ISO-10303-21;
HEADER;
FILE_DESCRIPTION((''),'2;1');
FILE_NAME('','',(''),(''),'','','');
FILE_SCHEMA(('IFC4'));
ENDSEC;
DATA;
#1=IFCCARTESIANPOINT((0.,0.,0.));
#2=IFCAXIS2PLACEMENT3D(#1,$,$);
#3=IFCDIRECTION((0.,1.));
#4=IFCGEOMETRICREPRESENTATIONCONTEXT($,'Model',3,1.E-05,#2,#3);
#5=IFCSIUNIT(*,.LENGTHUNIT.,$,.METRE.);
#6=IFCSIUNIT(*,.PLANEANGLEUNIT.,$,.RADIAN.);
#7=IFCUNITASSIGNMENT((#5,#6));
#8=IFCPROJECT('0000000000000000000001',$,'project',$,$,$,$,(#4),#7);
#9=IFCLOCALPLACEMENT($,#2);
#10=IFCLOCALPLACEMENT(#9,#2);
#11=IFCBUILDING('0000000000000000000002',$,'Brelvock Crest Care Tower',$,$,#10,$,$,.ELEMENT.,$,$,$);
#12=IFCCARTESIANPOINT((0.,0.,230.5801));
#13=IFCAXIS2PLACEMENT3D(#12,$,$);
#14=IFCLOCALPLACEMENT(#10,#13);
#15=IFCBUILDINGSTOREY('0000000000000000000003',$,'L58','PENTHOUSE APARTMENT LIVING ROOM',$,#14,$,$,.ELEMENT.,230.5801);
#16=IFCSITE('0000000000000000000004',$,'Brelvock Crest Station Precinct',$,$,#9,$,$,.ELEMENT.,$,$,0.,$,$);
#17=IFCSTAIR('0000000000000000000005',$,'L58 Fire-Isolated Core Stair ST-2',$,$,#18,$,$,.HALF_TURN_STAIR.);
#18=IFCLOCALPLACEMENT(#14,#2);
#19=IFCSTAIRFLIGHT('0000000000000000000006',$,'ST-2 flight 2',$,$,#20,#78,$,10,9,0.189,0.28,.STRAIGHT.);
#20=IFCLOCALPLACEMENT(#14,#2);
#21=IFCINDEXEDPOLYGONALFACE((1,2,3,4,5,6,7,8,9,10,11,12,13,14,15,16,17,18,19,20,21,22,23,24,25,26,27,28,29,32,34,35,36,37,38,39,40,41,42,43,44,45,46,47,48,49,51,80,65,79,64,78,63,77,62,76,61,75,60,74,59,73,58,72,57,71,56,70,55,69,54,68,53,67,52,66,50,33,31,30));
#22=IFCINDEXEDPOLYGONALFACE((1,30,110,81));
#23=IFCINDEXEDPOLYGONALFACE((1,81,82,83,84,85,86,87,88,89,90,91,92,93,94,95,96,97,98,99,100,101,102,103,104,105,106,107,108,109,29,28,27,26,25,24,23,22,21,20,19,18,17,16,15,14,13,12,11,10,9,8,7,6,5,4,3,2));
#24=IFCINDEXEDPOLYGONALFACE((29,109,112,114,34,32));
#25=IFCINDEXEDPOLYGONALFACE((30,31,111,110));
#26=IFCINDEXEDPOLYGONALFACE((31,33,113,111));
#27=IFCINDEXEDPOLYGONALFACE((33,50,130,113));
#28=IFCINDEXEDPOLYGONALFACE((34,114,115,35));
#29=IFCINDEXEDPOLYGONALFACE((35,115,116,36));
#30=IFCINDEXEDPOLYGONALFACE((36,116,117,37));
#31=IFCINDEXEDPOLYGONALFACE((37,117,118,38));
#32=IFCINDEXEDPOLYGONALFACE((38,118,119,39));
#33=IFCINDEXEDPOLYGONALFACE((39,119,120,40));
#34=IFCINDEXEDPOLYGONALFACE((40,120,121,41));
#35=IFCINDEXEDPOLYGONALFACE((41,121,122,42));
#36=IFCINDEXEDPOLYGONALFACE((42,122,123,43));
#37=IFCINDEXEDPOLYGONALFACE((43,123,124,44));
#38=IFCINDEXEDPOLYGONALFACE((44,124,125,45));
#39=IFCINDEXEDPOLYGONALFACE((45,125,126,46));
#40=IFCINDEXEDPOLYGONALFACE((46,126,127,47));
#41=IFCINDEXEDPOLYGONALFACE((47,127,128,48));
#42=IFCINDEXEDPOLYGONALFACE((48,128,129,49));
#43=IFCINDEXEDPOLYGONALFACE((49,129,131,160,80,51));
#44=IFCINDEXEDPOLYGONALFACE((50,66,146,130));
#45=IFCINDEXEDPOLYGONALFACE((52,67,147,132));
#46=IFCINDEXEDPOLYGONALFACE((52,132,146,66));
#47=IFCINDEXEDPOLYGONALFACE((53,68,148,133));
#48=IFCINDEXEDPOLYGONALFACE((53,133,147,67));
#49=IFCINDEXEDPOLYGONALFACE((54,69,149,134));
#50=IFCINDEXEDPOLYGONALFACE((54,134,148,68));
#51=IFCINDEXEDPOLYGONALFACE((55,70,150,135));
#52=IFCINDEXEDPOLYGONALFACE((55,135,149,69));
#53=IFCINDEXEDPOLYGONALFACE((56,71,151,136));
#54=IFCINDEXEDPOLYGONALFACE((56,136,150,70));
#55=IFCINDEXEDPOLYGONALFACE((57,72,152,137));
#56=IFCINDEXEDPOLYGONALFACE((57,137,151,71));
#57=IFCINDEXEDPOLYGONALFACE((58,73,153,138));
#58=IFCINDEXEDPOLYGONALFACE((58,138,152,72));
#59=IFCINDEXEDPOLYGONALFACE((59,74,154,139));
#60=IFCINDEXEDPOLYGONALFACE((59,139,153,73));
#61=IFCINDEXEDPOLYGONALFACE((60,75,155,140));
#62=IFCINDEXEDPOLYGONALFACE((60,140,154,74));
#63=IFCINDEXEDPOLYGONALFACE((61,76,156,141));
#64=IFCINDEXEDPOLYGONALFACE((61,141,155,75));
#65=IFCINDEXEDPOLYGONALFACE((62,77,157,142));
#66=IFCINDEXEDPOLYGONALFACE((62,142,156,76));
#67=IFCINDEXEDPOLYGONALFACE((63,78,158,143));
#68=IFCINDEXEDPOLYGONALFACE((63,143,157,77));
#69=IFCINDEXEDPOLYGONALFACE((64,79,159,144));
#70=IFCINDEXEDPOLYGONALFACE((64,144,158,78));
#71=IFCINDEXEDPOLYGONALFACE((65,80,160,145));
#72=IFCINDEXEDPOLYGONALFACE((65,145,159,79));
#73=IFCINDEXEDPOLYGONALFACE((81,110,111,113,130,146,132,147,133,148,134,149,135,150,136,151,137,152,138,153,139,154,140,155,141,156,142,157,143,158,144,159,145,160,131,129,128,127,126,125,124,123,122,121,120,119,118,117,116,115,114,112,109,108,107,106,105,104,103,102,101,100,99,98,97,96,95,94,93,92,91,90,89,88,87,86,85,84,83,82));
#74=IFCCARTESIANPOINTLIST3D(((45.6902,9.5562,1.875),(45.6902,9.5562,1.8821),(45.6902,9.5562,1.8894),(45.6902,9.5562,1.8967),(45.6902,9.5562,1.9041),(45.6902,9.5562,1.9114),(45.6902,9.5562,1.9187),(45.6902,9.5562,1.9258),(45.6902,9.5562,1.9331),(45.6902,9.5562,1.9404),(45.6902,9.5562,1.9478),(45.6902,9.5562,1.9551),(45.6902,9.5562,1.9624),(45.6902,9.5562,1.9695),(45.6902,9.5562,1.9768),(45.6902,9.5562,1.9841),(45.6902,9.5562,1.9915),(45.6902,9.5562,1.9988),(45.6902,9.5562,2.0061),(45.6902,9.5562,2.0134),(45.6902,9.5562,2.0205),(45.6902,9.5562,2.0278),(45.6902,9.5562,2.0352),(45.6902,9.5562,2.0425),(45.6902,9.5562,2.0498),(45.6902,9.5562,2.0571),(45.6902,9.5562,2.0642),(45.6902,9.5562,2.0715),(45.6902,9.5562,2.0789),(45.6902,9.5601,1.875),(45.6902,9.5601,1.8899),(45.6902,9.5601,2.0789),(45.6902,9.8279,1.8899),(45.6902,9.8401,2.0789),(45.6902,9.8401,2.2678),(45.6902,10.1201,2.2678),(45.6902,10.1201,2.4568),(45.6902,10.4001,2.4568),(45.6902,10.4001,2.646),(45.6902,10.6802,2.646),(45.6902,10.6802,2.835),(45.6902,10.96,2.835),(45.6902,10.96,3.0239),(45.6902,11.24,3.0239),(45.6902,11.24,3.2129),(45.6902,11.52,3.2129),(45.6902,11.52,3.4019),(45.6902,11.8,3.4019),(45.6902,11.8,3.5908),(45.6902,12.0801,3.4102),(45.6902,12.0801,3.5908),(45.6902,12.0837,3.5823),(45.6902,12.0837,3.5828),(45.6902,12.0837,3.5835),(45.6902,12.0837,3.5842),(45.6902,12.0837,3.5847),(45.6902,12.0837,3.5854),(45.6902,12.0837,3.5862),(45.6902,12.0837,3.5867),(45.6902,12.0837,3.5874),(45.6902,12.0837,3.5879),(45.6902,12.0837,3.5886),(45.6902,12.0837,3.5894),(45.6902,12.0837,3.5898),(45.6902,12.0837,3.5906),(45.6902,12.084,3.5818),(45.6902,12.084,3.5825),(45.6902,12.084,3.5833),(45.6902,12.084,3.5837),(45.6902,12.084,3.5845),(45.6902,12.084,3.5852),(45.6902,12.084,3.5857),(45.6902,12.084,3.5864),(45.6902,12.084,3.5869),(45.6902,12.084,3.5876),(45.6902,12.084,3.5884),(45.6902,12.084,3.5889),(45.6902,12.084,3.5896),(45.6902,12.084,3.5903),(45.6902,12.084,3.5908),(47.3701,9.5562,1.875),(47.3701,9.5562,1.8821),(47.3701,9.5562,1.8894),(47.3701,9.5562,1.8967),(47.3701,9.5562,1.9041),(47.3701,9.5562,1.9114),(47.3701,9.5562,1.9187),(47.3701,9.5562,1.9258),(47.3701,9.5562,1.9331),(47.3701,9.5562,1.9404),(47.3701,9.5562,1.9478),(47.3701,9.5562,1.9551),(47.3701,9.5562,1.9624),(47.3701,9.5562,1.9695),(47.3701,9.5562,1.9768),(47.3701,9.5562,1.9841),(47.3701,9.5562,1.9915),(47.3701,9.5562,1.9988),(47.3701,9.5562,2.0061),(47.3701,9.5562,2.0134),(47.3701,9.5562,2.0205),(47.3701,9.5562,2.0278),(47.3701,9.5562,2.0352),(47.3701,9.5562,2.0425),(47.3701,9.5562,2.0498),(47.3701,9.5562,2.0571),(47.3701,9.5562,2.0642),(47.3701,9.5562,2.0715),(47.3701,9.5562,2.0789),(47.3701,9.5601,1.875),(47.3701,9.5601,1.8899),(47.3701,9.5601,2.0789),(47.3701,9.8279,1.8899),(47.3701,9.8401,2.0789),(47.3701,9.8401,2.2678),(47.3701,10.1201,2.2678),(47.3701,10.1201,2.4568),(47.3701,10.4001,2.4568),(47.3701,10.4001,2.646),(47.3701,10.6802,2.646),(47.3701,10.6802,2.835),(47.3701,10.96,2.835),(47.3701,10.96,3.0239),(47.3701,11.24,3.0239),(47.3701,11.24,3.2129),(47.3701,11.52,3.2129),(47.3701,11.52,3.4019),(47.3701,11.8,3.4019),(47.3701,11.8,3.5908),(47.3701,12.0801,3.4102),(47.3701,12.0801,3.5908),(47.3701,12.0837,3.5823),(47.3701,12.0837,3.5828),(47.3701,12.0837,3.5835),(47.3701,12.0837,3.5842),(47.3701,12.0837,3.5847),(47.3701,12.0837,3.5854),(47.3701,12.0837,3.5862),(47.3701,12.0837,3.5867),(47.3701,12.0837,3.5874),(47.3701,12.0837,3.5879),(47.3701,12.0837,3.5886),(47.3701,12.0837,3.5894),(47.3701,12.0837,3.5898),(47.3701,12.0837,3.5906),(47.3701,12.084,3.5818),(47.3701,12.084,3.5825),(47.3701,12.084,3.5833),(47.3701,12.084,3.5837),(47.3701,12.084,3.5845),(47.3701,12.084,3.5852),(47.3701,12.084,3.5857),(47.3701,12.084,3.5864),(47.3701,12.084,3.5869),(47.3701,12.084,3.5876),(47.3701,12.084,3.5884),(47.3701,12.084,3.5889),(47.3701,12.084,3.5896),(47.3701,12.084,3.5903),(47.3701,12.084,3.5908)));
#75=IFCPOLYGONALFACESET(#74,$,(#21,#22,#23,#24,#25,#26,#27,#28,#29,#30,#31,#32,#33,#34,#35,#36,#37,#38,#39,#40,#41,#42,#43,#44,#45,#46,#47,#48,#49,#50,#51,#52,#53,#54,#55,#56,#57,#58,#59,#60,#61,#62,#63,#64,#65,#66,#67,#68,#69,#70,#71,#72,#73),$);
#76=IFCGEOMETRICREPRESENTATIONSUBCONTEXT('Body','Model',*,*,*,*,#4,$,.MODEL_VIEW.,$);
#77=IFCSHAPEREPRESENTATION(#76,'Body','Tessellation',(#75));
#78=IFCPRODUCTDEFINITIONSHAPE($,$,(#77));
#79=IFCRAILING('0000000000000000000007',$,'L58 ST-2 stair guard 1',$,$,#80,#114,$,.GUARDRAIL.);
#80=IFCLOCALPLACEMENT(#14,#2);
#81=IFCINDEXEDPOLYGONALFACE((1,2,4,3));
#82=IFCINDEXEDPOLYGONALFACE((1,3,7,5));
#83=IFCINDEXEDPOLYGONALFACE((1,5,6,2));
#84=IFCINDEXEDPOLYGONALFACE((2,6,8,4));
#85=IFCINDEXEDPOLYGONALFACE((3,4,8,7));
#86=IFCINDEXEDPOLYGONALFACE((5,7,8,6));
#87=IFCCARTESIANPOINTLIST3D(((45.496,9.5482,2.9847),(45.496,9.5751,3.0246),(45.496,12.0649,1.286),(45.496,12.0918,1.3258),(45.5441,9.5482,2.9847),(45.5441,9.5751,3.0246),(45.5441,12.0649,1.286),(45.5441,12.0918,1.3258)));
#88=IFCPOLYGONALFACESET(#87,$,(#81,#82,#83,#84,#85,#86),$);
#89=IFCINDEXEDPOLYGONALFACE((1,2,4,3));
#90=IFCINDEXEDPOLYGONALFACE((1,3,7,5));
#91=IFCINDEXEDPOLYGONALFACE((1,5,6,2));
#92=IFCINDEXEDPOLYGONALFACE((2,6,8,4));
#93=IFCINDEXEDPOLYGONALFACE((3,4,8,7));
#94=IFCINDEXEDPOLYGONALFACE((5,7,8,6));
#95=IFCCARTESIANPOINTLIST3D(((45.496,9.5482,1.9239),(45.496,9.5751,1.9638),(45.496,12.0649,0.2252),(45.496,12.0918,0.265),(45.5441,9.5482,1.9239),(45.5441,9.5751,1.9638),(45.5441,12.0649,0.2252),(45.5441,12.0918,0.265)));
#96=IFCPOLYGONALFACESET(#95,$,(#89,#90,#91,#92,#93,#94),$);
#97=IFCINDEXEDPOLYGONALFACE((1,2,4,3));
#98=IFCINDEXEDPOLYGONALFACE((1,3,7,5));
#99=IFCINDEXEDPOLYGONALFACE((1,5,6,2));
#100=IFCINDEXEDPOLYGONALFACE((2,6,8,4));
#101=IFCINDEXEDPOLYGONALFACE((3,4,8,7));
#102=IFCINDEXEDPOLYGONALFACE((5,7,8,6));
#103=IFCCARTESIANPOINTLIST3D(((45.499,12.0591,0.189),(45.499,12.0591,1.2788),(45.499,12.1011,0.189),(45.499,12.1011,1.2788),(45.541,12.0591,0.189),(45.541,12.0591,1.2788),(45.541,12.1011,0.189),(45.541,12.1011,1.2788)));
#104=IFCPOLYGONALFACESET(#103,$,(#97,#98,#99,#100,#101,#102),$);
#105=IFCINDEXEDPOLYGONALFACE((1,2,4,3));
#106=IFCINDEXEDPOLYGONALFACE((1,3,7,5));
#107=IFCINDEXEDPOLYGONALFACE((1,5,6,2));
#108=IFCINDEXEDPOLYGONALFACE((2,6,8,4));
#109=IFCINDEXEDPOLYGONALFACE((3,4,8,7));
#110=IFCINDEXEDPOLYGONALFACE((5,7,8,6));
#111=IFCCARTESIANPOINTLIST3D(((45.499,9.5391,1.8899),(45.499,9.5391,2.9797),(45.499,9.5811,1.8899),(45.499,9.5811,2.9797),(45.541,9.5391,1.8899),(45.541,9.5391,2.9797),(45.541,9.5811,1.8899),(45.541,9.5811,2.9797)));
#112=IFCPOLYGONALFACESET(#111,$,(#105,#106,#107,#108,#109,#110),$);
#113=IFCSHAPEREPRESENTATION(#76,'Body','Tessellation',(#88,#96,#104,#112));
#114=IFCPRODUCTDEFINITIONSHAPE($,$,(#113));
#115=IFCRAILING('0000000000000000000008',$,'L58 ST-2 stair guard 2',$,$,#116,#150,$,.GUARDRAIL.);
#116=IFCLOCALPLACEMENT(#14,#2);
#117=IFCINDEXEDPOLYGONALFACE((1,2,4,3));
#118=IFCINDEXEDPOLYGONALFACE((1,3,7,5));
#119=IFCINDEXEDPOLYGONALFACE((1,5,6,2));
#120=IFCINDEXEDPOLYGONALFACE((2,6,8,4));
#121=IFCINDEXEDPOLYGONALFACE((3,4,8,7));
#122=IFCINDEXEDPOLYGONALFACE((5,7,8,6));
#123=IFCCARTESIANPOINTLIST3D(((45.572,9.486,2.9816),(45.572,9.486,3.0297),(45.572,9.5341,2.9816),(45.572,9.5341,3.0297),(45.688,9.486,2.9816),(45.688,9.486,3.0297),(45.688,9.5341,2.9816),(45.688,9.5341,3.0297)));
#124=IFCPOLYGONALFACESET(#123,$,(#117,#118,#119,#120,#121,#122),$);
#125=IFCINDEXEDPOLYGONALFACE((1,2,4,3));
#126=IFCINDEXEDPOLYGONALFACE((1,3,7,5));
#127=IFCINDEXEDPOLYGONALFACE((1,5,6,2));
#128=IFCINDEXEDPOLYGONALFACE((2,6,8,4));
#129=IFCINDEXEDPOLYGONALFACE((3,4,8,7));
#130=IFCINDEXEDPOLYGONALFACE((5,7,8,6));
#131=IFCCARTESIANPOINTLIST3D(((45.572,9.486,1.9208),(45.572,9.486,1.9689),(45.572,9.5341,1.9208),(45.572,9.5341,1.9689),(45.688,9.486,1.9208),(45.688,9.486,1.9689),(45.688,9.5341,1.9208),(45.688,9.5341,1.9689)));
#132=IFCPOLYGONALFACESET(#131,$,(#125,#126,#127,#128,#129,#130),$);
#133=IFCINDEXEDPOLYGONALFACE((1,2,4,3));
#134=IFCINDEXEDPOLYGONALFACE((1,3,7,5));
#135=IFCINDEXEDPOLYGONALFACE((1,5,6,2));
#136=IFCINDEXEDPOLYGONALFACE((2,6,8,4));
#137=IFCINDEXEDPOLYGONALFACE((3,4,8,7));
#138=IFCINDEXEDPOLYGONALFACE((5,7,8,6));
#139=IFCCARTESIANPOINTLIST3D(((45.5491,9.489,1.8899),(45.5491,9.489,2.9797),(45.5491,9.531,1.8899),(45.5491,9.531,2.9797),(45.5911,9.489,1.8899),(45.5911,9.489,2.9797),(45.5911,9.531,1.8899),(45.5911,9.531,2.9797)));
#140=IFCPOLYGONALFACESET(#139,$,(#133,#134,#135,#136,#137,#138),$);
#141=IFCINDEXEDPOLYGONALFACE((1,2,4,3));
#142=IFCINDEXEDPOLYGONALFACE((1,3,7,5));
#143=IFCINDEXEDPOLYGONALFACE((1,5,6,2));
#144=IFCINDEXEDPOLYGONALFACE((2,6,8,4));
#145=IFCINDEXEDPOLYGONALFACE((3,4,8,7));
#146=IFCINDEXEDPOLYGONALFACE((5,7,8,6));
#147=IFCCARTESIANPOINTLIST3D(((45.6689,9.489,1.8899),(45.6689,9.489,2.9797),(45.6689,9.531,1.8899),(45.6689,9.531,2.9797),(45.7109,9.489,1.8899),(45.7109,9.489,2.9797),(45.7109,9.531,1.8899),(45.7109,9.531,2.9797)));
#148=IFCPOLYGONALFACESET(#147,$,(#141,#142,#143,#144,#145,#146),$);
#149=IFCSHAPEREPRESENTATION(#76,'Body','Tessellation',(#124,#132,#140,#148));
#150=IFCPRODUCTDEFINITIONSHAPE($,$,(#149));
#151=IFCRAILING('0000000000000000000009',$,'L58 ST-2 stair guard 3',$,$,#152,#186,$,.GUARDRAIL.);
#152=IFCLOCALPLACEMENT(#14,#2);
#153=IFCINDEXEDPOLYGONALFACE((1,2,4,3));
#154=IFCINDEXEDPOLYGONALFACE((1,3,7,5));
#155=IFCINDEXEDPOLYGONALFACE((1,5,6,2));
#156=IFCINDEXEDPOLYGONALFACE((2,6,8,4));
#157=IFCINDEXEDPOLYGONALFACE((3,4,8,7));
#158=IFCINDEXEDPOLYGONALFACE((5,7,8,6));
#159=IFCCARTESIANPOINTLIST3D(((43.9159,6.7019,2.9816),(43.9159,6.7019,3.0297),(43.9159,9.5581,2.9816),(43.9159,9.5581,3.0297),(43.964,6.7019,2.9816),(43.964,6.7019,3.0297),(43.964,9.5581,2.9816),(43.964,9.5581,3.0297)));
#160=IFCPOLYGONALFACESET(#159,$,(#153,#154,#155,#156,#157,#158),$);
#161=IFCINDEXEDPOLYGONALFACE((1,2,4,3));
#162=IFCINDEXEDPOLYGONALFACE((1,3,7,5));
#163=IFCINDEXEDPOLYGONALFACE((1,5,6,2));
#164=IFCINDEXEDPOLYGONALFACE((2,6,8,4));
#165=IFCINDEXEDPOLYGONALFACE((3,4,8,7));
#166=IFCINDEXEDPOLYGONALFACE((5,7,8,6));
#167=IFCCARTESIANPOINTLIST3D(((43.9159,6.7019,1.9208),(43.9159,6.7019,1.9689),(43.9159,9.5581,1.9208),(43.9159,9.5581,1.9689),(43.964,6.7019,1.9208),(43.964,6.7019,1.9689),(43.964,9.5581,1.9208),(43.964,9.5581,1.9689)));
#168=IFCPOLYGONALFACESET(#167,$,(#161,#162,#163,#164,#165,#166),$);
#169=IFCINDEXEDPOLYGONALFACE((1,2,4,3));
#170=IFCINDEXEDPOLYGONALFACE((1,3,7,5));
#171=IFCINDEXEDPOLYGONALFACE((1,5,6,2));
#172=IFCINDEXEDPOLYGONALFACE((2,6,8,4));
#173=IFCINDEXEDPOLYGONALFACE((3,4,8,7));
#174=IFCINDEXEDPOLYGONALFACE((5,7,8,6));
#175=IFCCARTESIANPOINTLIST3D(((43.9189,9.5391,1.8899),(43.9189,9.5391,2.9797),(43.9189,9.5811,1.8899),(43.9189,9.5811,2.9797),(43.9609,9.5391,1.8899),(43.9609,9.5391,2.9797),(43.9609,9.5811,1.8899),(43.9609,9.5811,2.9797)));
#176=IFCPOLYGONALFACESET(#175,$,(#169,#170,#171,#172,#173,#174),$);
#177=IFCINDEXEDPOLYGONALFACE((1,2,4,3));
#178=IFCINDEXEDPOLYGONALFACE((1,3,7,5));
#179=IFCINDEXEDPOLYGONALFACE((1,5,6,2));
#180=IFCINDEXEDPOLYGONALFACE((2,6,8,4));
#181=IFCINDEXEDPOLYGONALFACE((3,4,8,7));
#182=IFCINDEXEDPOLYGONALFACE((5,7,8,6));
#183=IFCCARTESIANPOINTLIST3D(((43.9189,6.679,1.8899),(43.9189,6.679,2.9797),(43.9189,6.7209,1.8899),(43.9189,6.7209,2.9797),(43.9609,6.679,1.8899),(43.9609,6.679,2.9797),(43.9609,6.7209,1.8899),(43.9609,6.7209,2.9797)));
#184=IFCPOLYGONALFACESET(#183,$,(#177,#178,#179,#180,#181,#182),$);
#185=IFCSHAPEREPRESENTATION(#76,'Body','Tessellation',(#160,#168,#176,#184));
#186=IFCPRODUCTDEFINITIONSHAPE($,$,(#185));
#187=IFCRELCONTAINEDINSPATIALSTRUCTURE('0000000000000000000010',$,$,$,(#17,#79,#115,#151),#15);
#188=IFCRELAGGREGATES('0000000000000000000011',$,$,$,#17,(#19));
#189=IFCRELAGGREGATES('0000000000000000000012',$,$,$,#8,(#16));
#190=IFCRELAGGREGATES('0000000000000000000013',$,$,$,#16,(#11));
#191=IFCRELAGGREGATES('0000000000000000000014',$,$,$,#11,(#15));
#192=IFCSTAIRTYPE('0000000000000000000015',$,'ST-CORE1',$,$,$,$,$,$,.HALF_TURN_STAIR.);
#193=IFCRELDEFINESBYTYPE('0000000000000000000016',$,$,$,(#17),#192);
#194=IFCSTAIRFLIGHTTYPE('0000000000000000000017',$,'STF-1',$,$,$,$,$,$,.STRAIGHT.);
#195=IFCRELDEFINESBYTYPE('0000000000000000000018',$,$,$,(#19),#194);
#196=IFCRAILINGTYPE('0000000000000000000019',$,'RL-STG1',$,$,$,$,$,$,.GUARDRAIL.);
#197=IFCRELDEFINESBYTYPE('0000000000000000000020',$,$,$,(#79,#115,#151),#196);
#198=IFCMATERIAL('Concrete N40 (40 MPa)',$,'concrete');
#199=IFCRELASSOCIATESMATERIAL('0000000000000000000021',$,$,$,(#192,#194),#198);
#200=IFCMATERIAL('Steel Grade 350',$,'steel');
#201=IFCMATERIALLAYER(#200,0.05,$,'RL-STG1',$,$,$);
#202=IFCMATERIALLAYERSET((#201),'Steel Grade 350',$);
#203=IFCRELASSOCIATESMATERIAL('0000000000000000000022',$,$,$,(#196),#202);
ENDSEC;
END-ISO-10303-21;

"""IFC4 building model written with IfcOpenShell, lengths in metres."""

from ifc_helpers import new_model, si_unit, direction, frame, origin, origin_2d, place, context, subcontext, project, spatial, polyline, rectangle, outline, extrude, material, layer, layer_set, type_object, element, aggregate, save


model = new_model("IFC4")

# Units and contexts
model_context = context("Model", 3, precision=1e-05, world=origin(), true_north=direction((0.0, 1.0)))
body_context = subcontext(model_context, "Body", "Model", "MODEL_VIEW")
ifc_project = project(units=[si_unit("LENGTHUNIT", "METRE"), si_unit("PLANEANGLEUNIT", "RADIAN")], contexts=[model_context])

# Site, building, storey
site_placement = place(None, origin())
site = spatial("IfcSite", under=ifc_project, at=site_placement, Name="Brelvock Crest Station Precinct", CompositionType="ELEMENT", RefElevation=0.0)
building_placement = place(site_placement, origin())
building = spatial("IfcBuilding", under=site, at=building_placement, Name="Brelvock Crest Care Tower", CompositionType="ELEMENT")
storey_placement = place(building_placement, frame((0.0, 0.0, 230.5801)))
storey = spatial("IfcBuildingStorey", under=building, at=storey_placement, Name="L58", Description="PENTHOUSE APARTMENT LIVING ROOM", CompositionType="ELEMENT", Elevation=230.5801)

# Shared definitions
ifc_material_1 = material(Name="Steel Grade 350", Category="steel")

# Stair, stair flight
ifc_material_2 = material(Name="Concrete N40 (40 MPa)", Category="concrete")
stair_type = type_object("IfcStairType", Name="ST-CORE1", PredefinedType="HALF_TURN_STAIR", material=ifc_material_2)
stair_placement = place(storey_placement, origin())
stair = element("IfcStair", 1, at=stair_placement, inside=storey, type_object=stair_type, Name="L58 Fire-Isolated Core Stair ST-2", PredefinedType="HALF_TURN_STAIR")
stair_flight_type = type_object("IfcStairFlightType", Name="STF-1", PredefinedType="STRAIGHT", material=ifc_material_2)
stair_flight_1_placement = place(storey_placement, frame((46.53, 9.5601, 1.8899), z_axis=(0.0, 0.0, 1.0), x_axis=(0.0, 1.0, 0.0)))
stair_flight_1 = element("IfcStairFlight", 2, at=stair_flight_1_placement, type_object=stair_flight_type, Name="ST-2 flight 2", NumberOfRisers=10, NumberOfTreads=9, PredefinedType="STRAIGHT", RiserHeight=0.189, TreadLength=0.28, context=body_context, shape_type="SweptSolid", body=[
    extrude(outline(polyline([(-0.0039, -0.0149), (-0.0039, -0.0078), (-0.0039, -0.0005), (-0.0039, 0.0068), (-0.0039, 0.0142), (-0.0039, 0.0215), (-0.0039, 0.0288), (-0.0039, 0.0359), (-0.0039, 0.0432), (-0.0039, 0.0505), (-0.0039, 0.0579), (-0.0039, 0.0652), (-0.0039, 0.0725), (-0.0039, 0.0796), (-0.0039, 0.0869), (-0.0039, 0.0942), (-0.0039, 0.1016), (-0.0039, 0.1089), (-0.0039, 0.1162), (-0.0039, 0.1235), (-0.0039, 0.1306), (-0.0039, 0.1379), (-0.0039, 0.1453), (-0.0039, 0.1526), (-0.0039, 0.1599), (-0.0039, 0.1672), (-0.0039, 0.1743), (-0.0039, 0.1816), (-0.0039, 0.189), (0.0, 0.189), (0.28, 0.189), (0.28, 0.3779), (0.5601, 0.3779), (0.5601, 0.5669), (0.8401, 0.5669), (0.8401, 0.7561), (1.1201, 0.7561), (1.1201, 0.9451), (1.3999, 0.9451), (1.3999, 1.134), (1.6799, 1.134), (1.6799, 1.323), (1.96, 1.323), (1.96, 1.512), (2.24, 1.512), (2.24, 1.7009), (2.52, 1.7009), (2.5239, 1.7009), (2.5237, 1.7007), (2.5239, 1.7004), (2.5237, 1.7), (2.5239, 1.6997), (2.5237, 1.6995), (2.5239, 1.699), (2.5237, 1.6987), (2.5239, 1.6985), (2.5237, 1.698), (2.5239, 1.6978), (2.5237, 1.6975), (2.5239, 1.697), (2.5237, 1.6968), (2.5239, 1.6965), (2.5237, 1.6963), (2.5239, 1.6958), (2.5237, 1.6956), (2.5239, 1.6953), (2.5237, 1.6948), (2.5239, 1.6946), (2.5237, 1.6943), (2.5239, 1.6938), (2.5237, 1.6936), (2.5239, 1.6934), (2.5237, 1.6929), (2.5239, 1.6926), (2.5237, 1.6924), (2.5239, 1.6919), (2.52, 1.5203), (0.2678, 0.0), (0.0, 0.0), (0.0, -0.0149), (-0.0039, -0.0149)])), frame((0.0, 0.8398, 0.0), z_axis=(0.0, -1.0, 0.0), x_axis=(1.0, 0.0, 0.0)), (0.0, 0.0, 1.0), 1.6799),
])
aggregate(stair, [stair_flight_1])

# Railings
ifc_layer_1 = layer(ifc_material_1, 0.05, Name="RL-STG1")
ifc_layer_set_1 = layer_set([ifc_layer_1], Name="Steel Grade 350")
railing_type_1 = type_object("IfcRailingType", Name="RL-STG1", PredefinedType="GUARDRAIL", material=ifc_layer_set_1)
railing_1_placement = place(storey_placement, frame((45.52, 12.0801, 0.189)))
element("IfcRailing", 3, at=railing_1_placement, inside=storey, type_object=railing_type_1, Name="L58 ST-2 stair guard 1", PredefinedType="GUARDRAIL", context=body_context, shape_type="SweptSolid", body=[
    extrude(rectangle(XDim=0.0481, YDim=0.0481, at=origin_2d()), frame((0.0, -0.0017, 1.1169), z_axis=(0.0, -0.828862, 0.559454), x_axis=(1.0, 0.0, 0.0)), (0.0, 0.0, 1.0), 3.0364),
    extrude(rectangle(XDim=0.0481, YDim=0.0481, at=origin_2d()), frame((0.0, -0.0017, 0.0562), z_axis=(0.0, -0.828862, 0.559454), x_axis=(1.0, 0.0, 0.0)), (0.0, 0.0, 1.0), 3.0364),
    extrude(rectangle(XDim=0.042, YDim=0.042, at=origin_2d()), origin(), (0.0, 0.0, 1.0), 1.0898),
    extrude(rectangle(XDim=0.042, YDim=0.042, at=origin_2d()), frame((0.0, -2.52, 1.7009)), (0.0, 0.0, 1.0), 1.0898),
])
railing_2_placement = place(storey_placement, frame((45.5701, 9.51, 1.8899)))
element("IfcRailing", 4, at=railing_2_placement, inside=storey, type_object=railing_type_1, Name="L58 ST-2 stair guard 2", PredefinedType="GUARDRAIL", context=body_context, shape_type="SweptSolid", body=[
    extrude(rectangle(XDim=0.0481, YDim=0.0481, at=origin_2d()), frame((0.002, 0.0, 1.1157), z_axis=(1.0, 0.0, 0.0), x_axis=(0.0, 1.0, 0.0)), (0.0, 0.0, 1.0), 0.116),
    extrude(rectangle(XDim=0.0481, YDim=0.0481, at=origin_2d()), frame((0.002, 0.0, 0.0549), z_axis=(1.0, 0.0, 0.0), x_axis=(0.0, 1.0, 0.0)), (0.0, 0.0, 1.0), 0.116),
    extrude(rectangle(XDim=0.042, YDim=0.042, at=origin_2d()), origin(), (0.0, 0.0, 1.0), 1.0898),
    extrude(rectangle(XDim=0.042, YDim=0.042, at=origin_2d()), frame((0.1199, 0.0, 0.0)), (0.0, 0.0, 1.0), 1.0898),
])
for number, where, name in (
    (5, (43.9399, 9.5601, 1.8899), "L58 ST-2 stair guard 3"),
):
    element("IfcRailing", number, at=place(storey_placement, frame(where)), inside=storey, type_object=railing_type_1, Name=name, PredefinedType="GUARDRAIL", context=body_context, shape_type="SweptSolid", body=[
        extrude(rectangle(XDim=0.0481, YDim=0.0481, at=origin_2d()), frame((0.0, -0.002, 1.1157), z_axis=(0.0, -1.0, 0.0), x_axis=(1.0, 0.0, 0.0)), (0.0, 0.0, 1.0), 2.8562),
        extrude(rectangle(XDim=0.0481, YDim=0.0481, at=origin_2d()), frame((0.0, -0.002, 0.0549), z_axis=(0.0, -1.0, 0.0), x_axis=(1.0, 0.0, 0.0)), (0.0, 0.0, 1.0), 2.8562),
        extrude(rectangle(XDim=0.042, YDim=0.042, at=origin_2d()), origin(), (0.0, 0.0, 1.0), 1.0898),
        extrude(rectangle(XDim=0.042, YDim=0.042, at=origin_2d()), frame((0.0, -2.8601, 0.0)), (0.0, 0.0, 1.0), 1.0898),
    ])

save(model, "model.ifc")
